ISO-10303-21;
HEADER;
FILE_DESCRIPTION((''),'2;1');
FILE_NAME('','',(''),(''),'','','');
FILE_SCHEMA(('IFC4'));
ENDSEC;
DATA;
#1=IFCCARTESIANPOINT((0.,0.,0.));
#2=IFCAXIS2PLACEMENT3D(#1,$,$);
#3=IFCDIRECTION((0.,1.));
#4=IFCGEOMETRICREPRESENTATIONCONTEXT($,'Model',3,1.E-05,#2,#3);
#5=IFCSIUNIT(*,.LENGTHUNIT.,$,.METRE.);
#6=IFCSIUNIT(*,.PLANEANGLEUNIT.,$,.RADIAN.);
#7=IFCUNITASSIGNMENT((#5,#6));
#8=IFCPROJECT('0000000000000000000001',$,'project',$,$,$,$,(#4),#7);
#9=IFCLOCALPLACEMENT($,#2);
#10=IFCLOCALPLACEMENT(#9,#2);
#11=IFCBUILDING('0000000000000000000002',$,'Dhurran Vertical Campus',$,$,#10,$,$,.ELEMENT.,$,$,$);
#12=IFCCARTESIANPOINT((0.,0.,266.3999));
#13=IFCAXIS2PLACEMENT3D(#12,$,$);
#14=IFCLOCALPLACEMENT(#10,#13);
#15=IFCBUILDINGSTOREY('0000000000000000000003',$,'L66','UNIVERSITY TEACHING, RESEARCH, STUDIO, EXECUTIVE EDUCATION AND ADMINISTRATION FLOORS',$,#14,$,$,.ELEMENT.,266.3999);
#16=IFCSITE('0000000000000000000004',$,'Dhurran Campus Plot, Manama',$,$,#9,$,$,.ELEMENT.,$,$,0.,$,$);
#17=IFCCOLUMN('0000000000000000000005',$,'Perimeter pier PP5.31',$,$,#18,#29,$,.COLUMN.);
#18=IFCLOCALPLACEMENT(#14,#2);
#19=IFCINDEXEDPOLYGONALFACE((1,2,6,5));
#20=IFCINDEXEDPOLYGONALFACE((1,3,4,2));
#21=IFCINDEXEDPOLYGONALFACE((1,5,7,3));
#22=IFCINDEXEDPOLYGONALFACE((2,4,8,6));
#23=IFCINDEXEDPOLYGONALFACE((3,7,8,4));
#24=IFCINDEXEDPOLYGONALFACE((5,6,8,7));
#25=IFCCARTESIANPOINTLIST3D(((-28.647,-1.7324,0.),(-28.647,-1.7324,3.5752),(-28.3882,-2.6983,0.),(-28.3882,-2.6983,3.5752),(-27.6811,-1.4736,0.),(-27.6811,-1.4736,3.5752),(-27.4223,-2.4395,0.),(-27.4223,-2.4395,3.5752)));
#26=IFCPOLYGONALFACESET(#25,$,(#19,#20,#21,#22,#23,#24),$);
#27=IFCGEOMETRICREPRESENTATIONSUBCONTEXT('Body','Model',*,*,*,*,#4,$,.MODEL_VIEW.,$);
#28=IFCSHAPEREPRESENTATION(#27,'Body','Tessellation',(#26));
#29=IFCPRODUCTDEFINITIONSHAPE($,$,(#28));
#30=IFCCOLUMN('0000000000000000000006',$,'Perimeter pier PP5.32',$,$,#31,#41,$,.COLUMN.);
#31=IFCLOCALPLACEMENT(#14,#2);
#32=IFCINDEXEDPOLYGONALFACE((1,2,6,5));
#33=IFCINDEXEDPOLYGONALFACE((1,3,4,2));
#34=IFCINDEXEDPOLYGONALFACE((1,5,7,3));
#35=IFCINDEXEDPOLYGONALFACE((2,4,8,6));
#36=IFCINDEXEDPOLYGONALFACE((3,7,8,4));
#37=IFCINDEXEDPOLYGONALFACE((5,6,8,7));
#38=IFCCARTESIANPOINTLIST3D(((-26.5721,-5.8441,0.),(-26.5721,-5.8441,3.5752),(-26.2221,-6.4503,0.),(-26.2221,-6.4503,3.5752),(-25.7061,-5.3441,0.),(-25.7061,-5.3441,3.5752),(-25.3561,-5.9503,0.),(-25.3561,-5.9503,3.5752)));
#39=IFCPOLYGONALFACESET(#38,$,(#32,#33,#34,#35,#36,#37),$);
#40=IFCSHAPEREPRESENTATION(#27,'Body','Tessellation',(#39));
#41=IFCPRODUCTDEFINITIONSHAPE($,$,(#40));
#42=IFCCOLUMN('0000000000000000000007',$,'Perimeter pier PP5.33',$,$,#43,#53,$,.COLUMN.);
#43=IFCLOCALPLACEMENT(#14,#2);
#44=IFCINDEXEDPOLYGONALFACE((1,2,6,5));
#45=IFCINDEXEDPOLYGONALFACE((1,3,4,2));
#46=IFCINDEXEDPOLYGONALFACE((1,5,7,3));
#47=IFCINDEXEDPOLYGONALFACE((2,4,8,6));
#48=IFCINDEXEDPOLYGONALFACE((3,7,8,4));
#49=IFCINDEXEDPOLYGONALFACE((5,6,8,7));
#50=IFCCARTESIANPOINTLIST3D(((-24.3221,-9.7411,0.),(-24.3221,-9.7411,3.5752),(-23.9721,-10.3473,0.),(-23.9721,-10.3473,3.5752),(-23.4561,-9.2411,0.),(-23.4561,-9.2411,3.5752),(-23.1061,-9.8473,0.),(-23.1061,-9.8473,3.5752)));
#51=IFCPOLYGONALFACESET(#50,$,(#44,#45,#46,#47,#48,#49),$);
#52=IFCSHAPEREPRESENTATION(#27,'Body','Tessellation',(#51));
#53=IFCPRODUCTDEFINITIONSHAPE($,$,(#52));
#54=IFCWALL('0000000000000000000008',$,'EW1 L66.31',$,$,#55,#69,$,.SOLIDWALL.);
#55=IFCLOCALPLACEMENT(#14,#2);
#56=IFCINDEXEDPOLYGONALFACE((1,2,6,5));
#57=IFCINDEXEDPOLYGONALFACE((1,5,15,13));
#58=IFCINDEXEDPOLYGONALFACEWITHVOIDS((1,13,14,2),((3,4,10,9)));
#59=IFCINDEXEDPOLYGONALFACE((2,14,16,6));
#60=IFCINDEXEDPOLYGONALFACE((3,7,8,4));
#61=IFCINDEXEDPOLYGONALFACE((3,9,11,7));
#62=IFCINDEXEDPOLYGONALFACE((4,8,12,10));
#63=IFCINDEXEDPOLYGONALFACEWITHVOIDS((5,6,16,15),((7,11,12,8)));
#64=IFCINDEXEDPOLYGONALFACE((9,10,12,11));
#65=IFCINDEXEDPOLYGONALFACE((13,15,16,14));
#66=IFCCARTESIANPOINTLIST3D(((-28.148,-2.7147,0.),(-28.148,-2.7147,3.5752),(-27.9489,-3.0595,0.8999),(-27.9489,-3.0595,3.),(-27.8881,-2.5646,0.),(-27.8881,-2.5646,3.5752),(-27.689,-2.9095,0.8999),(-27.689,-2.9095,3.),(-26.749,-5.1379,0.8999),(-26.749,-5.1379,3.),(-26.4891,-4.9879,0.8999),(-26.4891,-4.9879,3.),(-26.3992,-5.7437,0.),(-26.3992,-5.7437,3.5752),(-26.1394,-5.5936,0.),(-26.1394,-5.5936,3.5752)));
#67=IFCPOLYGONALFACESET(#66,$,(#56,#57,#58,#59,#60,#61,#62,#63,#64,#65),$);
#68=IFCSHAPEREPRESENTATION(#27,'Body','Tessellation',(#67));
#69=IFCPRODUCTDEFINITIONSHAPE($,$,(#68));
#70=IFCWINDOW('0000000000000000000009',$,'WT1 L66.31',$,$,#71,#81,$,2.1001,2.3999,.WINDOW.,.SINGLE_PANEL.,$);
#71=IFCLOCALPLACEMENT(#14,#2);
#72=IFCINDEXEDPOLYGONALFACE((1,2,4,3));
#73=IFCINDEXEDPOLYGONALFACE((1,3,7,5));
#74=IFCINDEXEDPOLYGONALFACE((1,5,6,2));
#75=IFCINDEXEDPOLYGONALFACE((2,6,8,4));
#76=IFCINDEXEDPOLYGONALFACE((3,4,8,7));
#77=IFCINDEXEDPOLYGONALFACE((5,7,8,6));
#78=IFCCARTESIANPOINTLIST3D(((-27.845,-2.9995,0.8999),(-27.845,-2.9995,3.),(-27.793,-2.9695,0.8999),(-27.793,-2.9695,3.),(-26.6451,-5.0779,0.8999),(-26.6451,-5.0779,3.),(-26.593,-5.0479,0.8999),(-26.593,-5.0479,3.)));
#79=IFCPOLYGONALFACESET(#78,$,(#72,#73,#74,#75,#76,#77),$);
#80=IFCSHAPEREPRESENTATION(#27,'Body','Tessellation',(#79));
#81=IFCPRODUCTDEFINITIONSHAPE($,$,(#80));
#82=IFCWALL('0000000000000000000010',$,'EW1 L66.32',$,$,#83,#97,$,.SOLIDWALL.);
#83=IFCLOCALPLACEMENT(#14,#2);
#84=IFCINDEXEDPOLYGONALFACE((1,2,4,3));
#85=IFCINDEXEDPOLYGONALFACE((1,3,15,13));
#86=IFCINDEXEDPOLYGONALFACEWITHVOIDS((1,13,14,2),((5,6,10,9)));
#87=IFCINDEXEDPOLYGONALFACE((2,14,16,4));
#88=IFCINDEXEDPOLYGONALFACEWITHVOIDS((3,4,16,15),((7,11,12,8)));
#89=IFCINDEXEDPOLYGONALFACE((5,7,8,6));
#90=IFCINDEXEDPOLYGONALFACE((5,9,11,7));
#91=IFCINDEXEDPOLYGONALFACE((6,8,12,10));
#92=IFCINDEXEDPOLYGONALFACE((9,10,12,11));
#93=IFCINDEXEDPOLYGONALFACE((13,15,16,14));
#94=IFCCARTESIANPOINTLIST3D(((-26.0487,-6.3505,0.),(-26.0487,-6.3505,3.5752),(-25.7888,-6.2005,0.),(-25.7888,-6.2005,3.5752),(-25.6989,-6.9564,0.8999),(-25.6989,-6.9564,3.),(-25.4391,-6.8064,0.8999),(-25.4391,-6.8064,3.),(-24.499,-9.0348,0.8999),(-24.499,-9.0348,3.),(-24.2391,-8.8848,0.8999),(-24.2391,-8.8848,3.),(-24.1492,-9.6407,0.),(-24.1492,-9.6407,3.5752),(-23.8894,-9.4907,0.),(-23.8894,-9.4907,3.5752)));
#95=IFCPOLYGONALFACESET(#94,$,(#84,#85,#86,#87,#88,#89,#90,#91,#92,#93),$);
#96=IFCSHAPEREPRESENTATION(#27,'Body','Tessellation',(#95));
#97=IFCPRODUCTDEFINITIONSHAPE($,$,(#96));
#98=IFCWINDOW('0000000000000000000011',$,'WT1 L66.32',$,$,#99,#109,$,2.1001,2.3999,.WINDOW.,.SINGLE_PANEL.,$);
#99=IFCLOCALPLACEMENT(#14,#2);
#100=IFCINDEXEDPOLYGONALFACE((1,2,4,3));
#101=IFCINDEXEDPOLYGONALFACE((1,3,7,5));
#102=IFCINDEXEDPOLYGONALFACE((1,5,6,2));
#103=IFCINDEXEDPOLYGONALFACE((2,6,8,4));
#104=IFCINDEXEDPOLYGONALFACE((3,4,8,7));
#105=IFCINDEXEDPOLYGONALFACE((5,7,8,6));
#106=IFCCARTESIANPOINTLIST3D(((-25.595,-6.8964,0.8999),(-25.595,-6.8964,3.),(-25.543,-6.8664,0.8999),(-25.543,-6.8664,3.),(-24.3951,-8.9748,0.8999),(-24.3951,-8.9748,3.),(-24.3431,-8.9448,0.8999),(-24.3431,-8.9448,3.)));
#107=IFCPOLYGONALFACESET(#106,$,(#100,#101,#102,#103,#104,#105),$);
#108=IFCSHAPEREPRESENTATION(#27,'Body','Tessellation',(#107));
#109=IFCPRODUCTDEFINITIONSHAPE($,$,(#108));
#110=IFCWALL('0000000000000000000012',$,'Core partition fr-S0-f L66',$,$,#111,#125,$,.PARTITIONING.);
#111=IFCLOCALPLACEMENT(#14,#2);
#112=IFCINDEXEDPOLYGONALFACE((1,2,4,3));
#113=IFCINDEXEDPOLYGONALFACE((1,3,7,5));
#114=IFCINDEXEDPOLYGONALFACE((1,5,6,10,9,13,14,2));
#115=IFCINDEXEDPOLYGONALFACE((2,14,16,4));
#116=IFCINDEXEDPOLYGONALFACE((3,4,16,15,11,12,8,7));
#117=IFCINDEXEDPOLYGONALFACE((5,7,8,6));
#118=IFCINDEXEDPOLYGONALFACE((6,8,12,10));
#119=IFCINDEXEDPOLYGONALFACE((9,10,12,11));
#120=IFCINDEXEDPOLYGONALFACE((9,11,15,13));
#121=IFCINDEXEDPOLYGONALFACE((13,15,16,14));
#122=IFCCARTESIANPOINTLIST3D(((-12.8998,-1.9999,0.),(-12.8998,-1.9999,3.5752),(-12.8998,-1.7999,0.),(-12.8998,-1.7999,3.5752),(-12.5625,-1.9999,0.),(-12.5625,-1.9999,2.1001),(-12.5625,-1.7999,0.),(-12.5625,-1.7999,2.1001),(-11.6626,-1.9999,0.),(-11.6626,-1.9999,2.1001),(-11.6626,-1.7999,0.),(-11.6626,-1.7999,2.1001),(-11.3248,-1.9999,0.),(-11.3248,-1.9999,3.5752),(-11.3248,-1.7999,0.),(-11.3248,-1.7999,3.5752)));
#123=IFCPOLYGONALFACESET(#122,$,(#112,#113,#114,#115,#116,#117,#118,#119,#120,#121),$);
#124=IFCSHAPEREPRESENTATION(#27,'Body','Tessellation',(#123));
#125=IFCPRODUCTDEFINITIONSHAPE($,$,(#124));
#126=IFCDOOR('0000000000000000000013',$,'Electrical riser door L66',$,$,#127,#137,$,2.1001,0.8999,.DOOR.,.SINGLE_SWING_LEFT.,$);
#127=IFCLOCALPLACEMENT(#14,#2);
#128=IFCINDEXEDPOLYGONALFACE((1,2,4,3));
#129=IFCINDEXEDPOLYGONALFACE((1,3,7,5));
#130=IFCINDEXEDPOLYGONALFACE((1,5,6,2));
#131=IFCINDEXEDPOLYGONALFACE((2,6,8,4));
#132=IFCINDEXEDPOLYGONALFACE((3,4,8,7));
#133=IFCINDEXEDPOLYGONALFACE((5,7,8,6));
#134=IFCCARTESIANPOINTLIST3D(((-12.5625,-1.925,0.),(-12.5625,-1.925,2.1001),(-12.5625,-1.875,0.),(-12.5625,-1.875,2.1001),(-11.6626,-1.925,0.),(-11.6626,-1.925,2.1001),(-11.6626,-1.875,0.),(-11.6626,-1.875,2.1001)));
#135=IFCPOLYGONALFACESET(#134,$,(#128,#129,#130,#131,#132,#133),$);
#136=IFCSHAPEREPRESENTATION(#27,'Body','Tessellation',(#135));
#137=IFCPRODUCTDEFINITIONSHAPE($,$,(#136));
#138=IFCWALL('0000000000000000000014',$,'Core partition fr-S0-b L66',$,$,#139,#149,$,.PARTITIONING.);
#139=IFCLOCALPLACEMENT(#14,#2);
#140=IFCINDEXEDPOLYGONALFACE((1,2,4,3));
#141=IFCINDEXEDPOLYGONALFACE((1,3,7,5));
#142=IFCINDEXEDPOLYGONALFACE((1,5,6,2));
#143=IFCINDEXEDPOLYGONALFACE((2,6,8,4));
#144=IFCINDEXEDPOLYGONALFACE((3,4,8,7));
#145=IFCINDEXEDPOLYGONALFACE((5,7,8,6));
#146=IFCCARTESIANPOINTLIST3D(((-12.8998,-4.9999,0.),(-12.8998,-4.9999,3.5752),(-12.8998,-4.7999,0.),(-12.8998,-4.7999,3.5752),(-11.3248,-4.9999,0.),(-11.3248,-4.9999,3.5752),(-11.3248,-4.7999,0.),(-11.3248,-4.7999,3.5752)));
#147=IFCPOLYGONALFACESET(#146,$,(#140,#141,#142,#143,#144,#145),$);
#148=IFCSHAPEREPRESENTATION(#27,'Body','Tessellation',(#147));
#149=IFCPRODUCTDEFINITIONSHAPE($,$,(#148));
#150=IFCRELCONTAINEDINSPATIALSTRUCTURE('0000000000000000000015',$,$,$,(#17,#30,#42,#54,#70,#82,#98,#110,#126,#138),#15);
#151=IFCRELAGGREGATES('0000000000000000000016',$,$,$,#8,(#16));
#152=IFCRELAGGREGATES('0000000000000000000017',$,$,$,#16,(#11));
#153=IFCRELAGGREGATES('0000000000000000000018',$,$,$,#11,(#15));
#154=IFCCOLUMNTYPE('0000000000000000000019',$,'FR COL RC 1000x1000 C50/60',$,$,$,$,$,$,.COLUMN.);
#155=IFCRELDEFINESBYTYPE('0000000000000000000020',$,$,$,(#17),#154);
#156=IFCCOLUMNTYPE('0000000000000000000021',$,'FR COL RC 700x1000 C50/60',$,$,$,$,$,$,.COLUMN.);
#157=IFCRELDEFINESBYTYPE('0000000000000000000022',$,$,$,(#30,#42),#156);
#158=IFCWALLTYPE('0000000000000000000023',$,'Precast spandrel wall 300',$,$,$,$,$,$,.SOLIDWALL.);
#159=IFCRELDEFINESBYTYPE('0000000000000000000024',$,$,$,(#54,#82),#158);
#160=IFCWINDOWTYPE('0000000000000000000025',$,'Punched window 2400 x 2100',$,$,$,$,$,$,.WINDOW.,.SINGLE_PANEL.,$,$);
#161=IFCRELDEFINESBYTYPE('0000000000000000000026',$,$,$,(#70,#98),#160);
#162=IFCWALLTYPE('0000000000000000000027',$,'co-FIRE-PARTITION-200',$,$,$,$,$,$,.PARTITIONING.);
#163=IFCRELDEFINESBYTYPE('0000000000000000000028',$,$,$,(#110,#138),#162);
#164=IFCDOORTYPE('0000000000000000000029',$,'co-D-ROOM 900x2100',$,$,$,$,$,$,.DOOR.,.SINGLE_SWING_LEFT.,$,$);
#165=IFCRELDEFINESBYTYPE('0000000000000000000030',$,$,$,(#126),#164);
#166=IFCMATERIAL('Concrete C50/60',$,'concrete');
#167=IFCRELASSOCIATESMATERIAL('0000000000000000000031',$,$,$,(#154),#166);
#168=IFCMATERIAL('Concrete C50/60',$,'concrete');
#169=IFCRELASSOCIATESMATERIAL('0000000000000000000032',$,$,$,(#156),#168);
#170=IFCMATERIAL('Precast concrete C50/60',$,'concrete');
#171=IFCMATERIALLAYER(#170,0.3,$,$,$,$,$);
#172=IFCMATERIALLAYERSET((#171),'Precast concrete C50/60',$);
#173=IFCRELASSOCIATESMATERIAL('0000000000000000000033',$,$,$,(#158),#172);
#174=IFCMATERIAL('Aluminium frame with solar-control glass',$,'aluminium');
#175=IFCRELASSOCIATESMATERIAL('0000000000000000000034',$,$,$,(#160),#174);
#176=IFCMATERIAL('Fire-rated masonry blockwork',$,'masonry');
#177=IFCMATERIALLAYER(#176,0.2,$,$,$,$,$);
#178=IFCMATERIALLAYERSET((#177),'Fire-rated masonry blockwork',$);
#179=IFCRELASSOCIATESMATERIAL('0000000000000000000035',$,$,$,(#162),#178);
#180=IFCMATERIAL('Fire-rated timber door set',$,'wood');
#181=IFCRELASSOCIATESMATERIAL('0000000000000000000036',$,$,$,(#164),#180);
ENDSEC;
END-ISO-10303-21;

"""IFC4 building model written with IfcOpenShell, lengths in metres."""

from ifc_helpers import new_model, si_unit, direction, frame, frame_2d, origin, origin_2d, place, context, subcontext, project, spatial, rectangle, extrude, material, layer, layer_set, material_profile, profile_set, type_object, element, fill, save


model = new_model("IFC4")

# Units and contexts
model_context = context("Model", 3, precision=1e-05, world=origin(), true_north=direction((0.0, 1.0)))
body_context = subcontext(model_context, "Body", "Model", "MODEL_VIEW")
ifc_project = project(units=[si_unit("LENGTHUNIT", "METRE"), si_unit("PLANEANGLEUNIT", "RADIAN")], contexts=[model_context])

# Site, building, storey
site_placement = place(None, origin())
site = spatial("IfcSite", under=ifc_project, at=site_placement, Name="Dhurran Campus Plot, Manama", CompositionType="ELEMENT", RefElevation=0.0)
building_placement = place(site_placement, origin())
building = spatial("IfcBuilding", under=site, at=building_placement, Name="Dhurran Vertical Campus", CompositionType="ELEMENT")
storey_placement = place(building_placement, frame((0.0, 0.0, 266.3999)))
storey = spatial("IfcBuildingStorey", under=building, at=storey_placement, Name="L66", Description="UNIVERSITY TEACHING, RESEARCH, STUDIO, EXECUTIVE EDUCATION AND ADMINISTRATION FLOORS", CompositionType="ELEMENT", Elevation=266.3999)

# Columns
ifc_material_1 = material(Name="Concrete C50/60", Category="concrete")
ifc_material_profile_1 = material_profile(ifc_material_1, rectangle(XDim=1.0, YDim=1.0, at=origin_2d()), Name="RC 1000x1000")
ifc_profile_set_1 = profile_set([ifc_material_profile_1], Name="Concrete C50/60")
column_type_1 = type_object("IfcColumnType", Name="FR COL RC 1000x1000 C50/60", PredefinedType="COLUMN", material=ifc_profile_set_1)
column_placement = place(storey_placement, frame((-28.0347, -2.0859, 0.0), z_axis=(0.0, 0.0, 1.0), x_axis=(0.258819, -0.965926, 0.0)))
element("IfcColumn", 1, at=column_placement, inside=storey, type_object=column_type_1, Name="Perimeter pier PP5.31", PredefinedType="COLUMN", context=body_context, shape_type="SweptSolid", body=[
    extrude(rectangle(XDim=1.0, YDim=1.0, at=origin_2d()), origin(), (0.0, 0.0, 1.0), 3.5752),
])
ifc_material_2 = material(Name="Concrete C50/60", Category="concrete")
ifc_material_profile_2 = material_profile(ifc_material_2, rectangle(XDim=0.7, YDim=1.0, at=origin_2d()), Name="RC 700x1000")
ifc_profile_set_2 = profile_set([ifc_material_profile_2], Name="Concrete C50/60")
column_type_2 = type_object("IfcColumnType", Name="FR COL RC 700x1000 C50/60", PredefinedType="COLUMN", material=ifc_profile_set_2)
for number, where, z_axis, x_axis, name in (
    (2, (-25.9641, -5.8972, 0.0), (0.0, 0.0, 1.0), (0.5, -0.866025, 0.0), "Perimeter pier PP5.32"),
    (3, (-23.7141, -9.7942, 0.0), (0.0, 0.0, 1.0), (0.5, -0.866025, 0.0), "Perimeter pier PP5.33"),
):
    element("IfcColumn", number, at=place(storey_placement, frame(where, z_axis=z_axis, x_axis=x_axis)), inside=storey, type_object=column_type_2, Name=name, PredefinedType="COLUMN", context=body_context, shape_type="SweptSolid", body=[
        extrude(rectangle(XDim=0.7, YDim=1.0, at=origin_2d()), origin(), (0.0, 0.0, 1.0), 3.5752),
    ])

# Walls, openings, windows
ifc_material_3 = material(Name="Precast concrete C50/60", Category="concrete")
ifc_layer_1 = layer(ifc_material_3, 0.3)
ifc_layer_set_1 = layer_set([ifc_layer_1], Name="Precast concrete C50/60")
wall_type_1 = type_object("IfcWallType", Name="Precast spandrel wall 300", PredefinedType="SOLIDWALL", material=ifc_layer_set_1)
wall_1_placement = place(storey_placement, frame((-28.0181, -2.6396, 0.0), z_axis=(0.0, 0.0, 1.0), x_axis=(0.49999, -0.866031, 0.0)))
wall_1 = element("IfcWall", 4, at=wall_1_placement, inside=storey, type_object=wall_type_1, Name="EW1 L66.31", PredefinedType="SOLIDWALL", context=body_context, shape_type="SweptSolid", body=[
    extrude(rectangle(XDim=3.4976, YDim=0.3, at=frame_2d((1.7488, 0.0))), origin(), (0.0, 0.0, 1.0), 3.5752),
])
opening_1_placement = place(wall_1_placement, frame((0.3982, 0.0, 0.8999)))
opening_1 = element("IfcOpeningElement", 5, at=opening_1_placement, cuts=wall_1, PredefinedType="OPENING", context=body_context, shape_type="SweptSolid", body=[
    extrude(rectangle(XDim=2.3999, YDim=2.1001, at=frame_2d((1.2, 1.05))), frame((0.0, 0.1599, 0.0), z_axis=(0.0, -1.0, 0.0), x_axis=(1.0, 0.0, 0.0)), (0.0, 0.0, 1.0), 0.3201),
])
ifc_material_4 = material(Name="Aluminium frame with solar-control glass", Category="aluminium")
window_type = type_object("IfcWindowType", Name="Punched window 2400 x 2100", PartitioningType="SINGLE_PANEL", PredefinedType="WINDOW", material=ifc_material_4)
window_1_placement = place(opening_1_placement, origin())
window_1 = element("IfcWindow", 6, at=window_1_placement, inside=storey, type_object=window_type, Name="WT1 L66.31", OverallHeight=2.1001, OverallWidth=2.3999, PartitioningType="SINGLE_PANEL", PredefinedType="WINDOW", context=body_context, shape_type="SweptSolid", body=[
    extrude(rectangle(XDim=2.3999, YDim=2.1001, at=frame_2d((1.2, 1.05))), frame((0.0, 0.03, 0.0), z_axis=(0.0, -1.0, 0.0), x_axis=(1.0, 0.0, 0.0)), (0.0, 0.0, 1.0), 0.0601),
])
fill(opening_1, window_1)
wall_2_placement = place(storey_placement, frame((-25.9187, -6.2756, 0.0), z_axis=(0.0, 0.0, 1.0), x_axis=(0.499982, -0.866036, 0.0)))
wall_2 = element("IfcWall", 7, at=wall_2_placement, inside=storey, type_object=wall_type_1, Name="EW1 L66.32", PredefinedType="SOLIDWALL", context=body_context, shape_type="SweptSolid", body=[
    extrude(rectangle(XDim=3.7991, YDim=0.3, at=frame_2d((1.8994, 0.0))), origin(), (0.0, 0.0, 1.0), 3.5752),
])
opening_2_placement = place(wall_2_placement, frame((0.6995, 0.0, 0.8999)))
opening_2 = element("IfcOpeningElement", 8, at=opening_2_placement, cuts=wall_2, PredefinedType="OPENING", context=body_context, shape_type="SweptSolid", body=[
    extrude(rectangle(XDim=2.3999, YDim=2.1001, at=frame_2d((1.2, 1.05))), frame((0.0, 0.1599, 0.0), z_axis=(0.0, -1.0, 0.0), x_axis=(1.0, 0.0, 0.0)), (0.0, 0.0, 1.0), 0.3201),
])
window_2_placement = place(opening_2_placement, origin())
window_2 = element("IfcWindow", 9, at=window_2_placement, inside=storey, type_object=window_type, Name="WT1 L66.32", OverallHeight=2.1001, OverallWidth=2.3999, PartitioningType="SINGLE_PANEL", PredefinedType="WINDOW", context=body_context, shape_type="SweptSolid", body=[
    extrude(rectangle(XDim=2.3999, YDim=2.1001, at=frame_2d((1.2, 1.05))), frame((0.0, 0.03, 0.0), z_axis=(0.0, -1.0, 0.0), x_axis=(1.0, 0.0, 0.0)), (0.0, 0.0, 1.0), 0.0601),
])
fill(opening_2, window_2)

# Wall, opening, door
ifc_material_5 = material(Name="Fire-rated masonry blockwork", Category="masonry")
ifc_layer_2 = layer(ifc_material_5, 0.2)
ifc_layer_set_2 = layer_set([ifc_layer_2], Name="Fire-rated masonry blockwork")
wall_type_2 = type_object("IfcWallType", Name="co-FIRE-PARTITION-200", PredefinedType="PARTITIONING", material=ifc_layer_set_2)
wall_3_placement = place(storey_placement, frame((-12.8999, -1.8999, 0.0), z_axis=(0.0, 0.0, 1.0), x_axis=(1.0, 0.0, 0.0)))
wall_3 = element("IfcWall", 10, at=wall_3_placement, inside=storey, type_object=wall_type_2, Name="Core partition fr-S0-f L66", PredefinedType="PARTITIONING", context=body_context, shape_type="SweptSolid", body=[
    extrude(rectangle(XDim=1.575, YDim=0.2, at=frame_2d((0.7876, 0.0))), origin(), (0.0, 0.0, 1.0), 3.5752),
])
opening_3_placement = place(wall_3_placement, frame((0.3374, 0.0, 0.0)))
opening_3 = element("IfcOpeningElement", 11, at=opening_3_placement, cuts=wall_3, PredefinedType="OPENING", context=body_context, shape_type="SweptSolid", body=[
    extrude(rectangle(XDim=0.8999, YDim=2.1001, at=frame_2d((0.45, 1.05))), frame((0.0, 0.1099, 0.0), z_axis=(0.0, -1.0, 0.0), x_axis=(1.0, 0.0, 0.0)), (0.0, 0.0, 1.0), 0.22),
])
ifc_material_6 = material(Name="Fire-rated timber door set", Category="wood")
door_type_1 = type_object("IfcDoorType", Name="co-D-ROOM 900x2100", OperationType="SINGLE_SWING_LEFT", PredefinedType="DOOR", material=ifc_material_6)
door_1_placement = place(opening_3_placement, origin())
door_1 = element("IfcDoor", 12, at=door_1_placement, inside=storey, type_object=door_type_1, Name="Electrical riser door L66", OperationType="SINGLE_SWING_LEFT", OverallHeight=2.1001, OverallWidth=0.8999, PredefinedType="DOOR", context=body_context, shape_type="SweptSolid", body=[
    extrude(rectangle(XDim=0.8999, YDim=2.1001, at=frame_2d((0.45, 1.05))), frame((0.0, 0.0249, 0.0), z_axis=(0.0, -1.0, 0.0), x_axis=(1.0, 0.0, 0.0)), (0.0, 0.0, 1.0), 0.05),
])
fill(opening_3, door_1)

# Wall
wall_4_placement = place(storey_placement, frame((-12.8999, -4.8999, 0.0), z_axis=(0.0, 0.0, 1.0), x_axis=(1.0, 0.0, 0.0)))
element("IfcWall", 13, at=wall_4_placement, inside=storey, type_object=wall_type_2, Name="Core partition fr-S0-b L66", PredefinedType="PARTITIONING", context=body_context, shape_type="SweptSolid", body=[
    extrude(rectangle(XDim=1.575, YDim=0.2, at=frame_2d((0.7876, 0.0))), origin(), (0.0, 0.0, 1.0), 3.5752),
])

save(model, "model.ifc")
